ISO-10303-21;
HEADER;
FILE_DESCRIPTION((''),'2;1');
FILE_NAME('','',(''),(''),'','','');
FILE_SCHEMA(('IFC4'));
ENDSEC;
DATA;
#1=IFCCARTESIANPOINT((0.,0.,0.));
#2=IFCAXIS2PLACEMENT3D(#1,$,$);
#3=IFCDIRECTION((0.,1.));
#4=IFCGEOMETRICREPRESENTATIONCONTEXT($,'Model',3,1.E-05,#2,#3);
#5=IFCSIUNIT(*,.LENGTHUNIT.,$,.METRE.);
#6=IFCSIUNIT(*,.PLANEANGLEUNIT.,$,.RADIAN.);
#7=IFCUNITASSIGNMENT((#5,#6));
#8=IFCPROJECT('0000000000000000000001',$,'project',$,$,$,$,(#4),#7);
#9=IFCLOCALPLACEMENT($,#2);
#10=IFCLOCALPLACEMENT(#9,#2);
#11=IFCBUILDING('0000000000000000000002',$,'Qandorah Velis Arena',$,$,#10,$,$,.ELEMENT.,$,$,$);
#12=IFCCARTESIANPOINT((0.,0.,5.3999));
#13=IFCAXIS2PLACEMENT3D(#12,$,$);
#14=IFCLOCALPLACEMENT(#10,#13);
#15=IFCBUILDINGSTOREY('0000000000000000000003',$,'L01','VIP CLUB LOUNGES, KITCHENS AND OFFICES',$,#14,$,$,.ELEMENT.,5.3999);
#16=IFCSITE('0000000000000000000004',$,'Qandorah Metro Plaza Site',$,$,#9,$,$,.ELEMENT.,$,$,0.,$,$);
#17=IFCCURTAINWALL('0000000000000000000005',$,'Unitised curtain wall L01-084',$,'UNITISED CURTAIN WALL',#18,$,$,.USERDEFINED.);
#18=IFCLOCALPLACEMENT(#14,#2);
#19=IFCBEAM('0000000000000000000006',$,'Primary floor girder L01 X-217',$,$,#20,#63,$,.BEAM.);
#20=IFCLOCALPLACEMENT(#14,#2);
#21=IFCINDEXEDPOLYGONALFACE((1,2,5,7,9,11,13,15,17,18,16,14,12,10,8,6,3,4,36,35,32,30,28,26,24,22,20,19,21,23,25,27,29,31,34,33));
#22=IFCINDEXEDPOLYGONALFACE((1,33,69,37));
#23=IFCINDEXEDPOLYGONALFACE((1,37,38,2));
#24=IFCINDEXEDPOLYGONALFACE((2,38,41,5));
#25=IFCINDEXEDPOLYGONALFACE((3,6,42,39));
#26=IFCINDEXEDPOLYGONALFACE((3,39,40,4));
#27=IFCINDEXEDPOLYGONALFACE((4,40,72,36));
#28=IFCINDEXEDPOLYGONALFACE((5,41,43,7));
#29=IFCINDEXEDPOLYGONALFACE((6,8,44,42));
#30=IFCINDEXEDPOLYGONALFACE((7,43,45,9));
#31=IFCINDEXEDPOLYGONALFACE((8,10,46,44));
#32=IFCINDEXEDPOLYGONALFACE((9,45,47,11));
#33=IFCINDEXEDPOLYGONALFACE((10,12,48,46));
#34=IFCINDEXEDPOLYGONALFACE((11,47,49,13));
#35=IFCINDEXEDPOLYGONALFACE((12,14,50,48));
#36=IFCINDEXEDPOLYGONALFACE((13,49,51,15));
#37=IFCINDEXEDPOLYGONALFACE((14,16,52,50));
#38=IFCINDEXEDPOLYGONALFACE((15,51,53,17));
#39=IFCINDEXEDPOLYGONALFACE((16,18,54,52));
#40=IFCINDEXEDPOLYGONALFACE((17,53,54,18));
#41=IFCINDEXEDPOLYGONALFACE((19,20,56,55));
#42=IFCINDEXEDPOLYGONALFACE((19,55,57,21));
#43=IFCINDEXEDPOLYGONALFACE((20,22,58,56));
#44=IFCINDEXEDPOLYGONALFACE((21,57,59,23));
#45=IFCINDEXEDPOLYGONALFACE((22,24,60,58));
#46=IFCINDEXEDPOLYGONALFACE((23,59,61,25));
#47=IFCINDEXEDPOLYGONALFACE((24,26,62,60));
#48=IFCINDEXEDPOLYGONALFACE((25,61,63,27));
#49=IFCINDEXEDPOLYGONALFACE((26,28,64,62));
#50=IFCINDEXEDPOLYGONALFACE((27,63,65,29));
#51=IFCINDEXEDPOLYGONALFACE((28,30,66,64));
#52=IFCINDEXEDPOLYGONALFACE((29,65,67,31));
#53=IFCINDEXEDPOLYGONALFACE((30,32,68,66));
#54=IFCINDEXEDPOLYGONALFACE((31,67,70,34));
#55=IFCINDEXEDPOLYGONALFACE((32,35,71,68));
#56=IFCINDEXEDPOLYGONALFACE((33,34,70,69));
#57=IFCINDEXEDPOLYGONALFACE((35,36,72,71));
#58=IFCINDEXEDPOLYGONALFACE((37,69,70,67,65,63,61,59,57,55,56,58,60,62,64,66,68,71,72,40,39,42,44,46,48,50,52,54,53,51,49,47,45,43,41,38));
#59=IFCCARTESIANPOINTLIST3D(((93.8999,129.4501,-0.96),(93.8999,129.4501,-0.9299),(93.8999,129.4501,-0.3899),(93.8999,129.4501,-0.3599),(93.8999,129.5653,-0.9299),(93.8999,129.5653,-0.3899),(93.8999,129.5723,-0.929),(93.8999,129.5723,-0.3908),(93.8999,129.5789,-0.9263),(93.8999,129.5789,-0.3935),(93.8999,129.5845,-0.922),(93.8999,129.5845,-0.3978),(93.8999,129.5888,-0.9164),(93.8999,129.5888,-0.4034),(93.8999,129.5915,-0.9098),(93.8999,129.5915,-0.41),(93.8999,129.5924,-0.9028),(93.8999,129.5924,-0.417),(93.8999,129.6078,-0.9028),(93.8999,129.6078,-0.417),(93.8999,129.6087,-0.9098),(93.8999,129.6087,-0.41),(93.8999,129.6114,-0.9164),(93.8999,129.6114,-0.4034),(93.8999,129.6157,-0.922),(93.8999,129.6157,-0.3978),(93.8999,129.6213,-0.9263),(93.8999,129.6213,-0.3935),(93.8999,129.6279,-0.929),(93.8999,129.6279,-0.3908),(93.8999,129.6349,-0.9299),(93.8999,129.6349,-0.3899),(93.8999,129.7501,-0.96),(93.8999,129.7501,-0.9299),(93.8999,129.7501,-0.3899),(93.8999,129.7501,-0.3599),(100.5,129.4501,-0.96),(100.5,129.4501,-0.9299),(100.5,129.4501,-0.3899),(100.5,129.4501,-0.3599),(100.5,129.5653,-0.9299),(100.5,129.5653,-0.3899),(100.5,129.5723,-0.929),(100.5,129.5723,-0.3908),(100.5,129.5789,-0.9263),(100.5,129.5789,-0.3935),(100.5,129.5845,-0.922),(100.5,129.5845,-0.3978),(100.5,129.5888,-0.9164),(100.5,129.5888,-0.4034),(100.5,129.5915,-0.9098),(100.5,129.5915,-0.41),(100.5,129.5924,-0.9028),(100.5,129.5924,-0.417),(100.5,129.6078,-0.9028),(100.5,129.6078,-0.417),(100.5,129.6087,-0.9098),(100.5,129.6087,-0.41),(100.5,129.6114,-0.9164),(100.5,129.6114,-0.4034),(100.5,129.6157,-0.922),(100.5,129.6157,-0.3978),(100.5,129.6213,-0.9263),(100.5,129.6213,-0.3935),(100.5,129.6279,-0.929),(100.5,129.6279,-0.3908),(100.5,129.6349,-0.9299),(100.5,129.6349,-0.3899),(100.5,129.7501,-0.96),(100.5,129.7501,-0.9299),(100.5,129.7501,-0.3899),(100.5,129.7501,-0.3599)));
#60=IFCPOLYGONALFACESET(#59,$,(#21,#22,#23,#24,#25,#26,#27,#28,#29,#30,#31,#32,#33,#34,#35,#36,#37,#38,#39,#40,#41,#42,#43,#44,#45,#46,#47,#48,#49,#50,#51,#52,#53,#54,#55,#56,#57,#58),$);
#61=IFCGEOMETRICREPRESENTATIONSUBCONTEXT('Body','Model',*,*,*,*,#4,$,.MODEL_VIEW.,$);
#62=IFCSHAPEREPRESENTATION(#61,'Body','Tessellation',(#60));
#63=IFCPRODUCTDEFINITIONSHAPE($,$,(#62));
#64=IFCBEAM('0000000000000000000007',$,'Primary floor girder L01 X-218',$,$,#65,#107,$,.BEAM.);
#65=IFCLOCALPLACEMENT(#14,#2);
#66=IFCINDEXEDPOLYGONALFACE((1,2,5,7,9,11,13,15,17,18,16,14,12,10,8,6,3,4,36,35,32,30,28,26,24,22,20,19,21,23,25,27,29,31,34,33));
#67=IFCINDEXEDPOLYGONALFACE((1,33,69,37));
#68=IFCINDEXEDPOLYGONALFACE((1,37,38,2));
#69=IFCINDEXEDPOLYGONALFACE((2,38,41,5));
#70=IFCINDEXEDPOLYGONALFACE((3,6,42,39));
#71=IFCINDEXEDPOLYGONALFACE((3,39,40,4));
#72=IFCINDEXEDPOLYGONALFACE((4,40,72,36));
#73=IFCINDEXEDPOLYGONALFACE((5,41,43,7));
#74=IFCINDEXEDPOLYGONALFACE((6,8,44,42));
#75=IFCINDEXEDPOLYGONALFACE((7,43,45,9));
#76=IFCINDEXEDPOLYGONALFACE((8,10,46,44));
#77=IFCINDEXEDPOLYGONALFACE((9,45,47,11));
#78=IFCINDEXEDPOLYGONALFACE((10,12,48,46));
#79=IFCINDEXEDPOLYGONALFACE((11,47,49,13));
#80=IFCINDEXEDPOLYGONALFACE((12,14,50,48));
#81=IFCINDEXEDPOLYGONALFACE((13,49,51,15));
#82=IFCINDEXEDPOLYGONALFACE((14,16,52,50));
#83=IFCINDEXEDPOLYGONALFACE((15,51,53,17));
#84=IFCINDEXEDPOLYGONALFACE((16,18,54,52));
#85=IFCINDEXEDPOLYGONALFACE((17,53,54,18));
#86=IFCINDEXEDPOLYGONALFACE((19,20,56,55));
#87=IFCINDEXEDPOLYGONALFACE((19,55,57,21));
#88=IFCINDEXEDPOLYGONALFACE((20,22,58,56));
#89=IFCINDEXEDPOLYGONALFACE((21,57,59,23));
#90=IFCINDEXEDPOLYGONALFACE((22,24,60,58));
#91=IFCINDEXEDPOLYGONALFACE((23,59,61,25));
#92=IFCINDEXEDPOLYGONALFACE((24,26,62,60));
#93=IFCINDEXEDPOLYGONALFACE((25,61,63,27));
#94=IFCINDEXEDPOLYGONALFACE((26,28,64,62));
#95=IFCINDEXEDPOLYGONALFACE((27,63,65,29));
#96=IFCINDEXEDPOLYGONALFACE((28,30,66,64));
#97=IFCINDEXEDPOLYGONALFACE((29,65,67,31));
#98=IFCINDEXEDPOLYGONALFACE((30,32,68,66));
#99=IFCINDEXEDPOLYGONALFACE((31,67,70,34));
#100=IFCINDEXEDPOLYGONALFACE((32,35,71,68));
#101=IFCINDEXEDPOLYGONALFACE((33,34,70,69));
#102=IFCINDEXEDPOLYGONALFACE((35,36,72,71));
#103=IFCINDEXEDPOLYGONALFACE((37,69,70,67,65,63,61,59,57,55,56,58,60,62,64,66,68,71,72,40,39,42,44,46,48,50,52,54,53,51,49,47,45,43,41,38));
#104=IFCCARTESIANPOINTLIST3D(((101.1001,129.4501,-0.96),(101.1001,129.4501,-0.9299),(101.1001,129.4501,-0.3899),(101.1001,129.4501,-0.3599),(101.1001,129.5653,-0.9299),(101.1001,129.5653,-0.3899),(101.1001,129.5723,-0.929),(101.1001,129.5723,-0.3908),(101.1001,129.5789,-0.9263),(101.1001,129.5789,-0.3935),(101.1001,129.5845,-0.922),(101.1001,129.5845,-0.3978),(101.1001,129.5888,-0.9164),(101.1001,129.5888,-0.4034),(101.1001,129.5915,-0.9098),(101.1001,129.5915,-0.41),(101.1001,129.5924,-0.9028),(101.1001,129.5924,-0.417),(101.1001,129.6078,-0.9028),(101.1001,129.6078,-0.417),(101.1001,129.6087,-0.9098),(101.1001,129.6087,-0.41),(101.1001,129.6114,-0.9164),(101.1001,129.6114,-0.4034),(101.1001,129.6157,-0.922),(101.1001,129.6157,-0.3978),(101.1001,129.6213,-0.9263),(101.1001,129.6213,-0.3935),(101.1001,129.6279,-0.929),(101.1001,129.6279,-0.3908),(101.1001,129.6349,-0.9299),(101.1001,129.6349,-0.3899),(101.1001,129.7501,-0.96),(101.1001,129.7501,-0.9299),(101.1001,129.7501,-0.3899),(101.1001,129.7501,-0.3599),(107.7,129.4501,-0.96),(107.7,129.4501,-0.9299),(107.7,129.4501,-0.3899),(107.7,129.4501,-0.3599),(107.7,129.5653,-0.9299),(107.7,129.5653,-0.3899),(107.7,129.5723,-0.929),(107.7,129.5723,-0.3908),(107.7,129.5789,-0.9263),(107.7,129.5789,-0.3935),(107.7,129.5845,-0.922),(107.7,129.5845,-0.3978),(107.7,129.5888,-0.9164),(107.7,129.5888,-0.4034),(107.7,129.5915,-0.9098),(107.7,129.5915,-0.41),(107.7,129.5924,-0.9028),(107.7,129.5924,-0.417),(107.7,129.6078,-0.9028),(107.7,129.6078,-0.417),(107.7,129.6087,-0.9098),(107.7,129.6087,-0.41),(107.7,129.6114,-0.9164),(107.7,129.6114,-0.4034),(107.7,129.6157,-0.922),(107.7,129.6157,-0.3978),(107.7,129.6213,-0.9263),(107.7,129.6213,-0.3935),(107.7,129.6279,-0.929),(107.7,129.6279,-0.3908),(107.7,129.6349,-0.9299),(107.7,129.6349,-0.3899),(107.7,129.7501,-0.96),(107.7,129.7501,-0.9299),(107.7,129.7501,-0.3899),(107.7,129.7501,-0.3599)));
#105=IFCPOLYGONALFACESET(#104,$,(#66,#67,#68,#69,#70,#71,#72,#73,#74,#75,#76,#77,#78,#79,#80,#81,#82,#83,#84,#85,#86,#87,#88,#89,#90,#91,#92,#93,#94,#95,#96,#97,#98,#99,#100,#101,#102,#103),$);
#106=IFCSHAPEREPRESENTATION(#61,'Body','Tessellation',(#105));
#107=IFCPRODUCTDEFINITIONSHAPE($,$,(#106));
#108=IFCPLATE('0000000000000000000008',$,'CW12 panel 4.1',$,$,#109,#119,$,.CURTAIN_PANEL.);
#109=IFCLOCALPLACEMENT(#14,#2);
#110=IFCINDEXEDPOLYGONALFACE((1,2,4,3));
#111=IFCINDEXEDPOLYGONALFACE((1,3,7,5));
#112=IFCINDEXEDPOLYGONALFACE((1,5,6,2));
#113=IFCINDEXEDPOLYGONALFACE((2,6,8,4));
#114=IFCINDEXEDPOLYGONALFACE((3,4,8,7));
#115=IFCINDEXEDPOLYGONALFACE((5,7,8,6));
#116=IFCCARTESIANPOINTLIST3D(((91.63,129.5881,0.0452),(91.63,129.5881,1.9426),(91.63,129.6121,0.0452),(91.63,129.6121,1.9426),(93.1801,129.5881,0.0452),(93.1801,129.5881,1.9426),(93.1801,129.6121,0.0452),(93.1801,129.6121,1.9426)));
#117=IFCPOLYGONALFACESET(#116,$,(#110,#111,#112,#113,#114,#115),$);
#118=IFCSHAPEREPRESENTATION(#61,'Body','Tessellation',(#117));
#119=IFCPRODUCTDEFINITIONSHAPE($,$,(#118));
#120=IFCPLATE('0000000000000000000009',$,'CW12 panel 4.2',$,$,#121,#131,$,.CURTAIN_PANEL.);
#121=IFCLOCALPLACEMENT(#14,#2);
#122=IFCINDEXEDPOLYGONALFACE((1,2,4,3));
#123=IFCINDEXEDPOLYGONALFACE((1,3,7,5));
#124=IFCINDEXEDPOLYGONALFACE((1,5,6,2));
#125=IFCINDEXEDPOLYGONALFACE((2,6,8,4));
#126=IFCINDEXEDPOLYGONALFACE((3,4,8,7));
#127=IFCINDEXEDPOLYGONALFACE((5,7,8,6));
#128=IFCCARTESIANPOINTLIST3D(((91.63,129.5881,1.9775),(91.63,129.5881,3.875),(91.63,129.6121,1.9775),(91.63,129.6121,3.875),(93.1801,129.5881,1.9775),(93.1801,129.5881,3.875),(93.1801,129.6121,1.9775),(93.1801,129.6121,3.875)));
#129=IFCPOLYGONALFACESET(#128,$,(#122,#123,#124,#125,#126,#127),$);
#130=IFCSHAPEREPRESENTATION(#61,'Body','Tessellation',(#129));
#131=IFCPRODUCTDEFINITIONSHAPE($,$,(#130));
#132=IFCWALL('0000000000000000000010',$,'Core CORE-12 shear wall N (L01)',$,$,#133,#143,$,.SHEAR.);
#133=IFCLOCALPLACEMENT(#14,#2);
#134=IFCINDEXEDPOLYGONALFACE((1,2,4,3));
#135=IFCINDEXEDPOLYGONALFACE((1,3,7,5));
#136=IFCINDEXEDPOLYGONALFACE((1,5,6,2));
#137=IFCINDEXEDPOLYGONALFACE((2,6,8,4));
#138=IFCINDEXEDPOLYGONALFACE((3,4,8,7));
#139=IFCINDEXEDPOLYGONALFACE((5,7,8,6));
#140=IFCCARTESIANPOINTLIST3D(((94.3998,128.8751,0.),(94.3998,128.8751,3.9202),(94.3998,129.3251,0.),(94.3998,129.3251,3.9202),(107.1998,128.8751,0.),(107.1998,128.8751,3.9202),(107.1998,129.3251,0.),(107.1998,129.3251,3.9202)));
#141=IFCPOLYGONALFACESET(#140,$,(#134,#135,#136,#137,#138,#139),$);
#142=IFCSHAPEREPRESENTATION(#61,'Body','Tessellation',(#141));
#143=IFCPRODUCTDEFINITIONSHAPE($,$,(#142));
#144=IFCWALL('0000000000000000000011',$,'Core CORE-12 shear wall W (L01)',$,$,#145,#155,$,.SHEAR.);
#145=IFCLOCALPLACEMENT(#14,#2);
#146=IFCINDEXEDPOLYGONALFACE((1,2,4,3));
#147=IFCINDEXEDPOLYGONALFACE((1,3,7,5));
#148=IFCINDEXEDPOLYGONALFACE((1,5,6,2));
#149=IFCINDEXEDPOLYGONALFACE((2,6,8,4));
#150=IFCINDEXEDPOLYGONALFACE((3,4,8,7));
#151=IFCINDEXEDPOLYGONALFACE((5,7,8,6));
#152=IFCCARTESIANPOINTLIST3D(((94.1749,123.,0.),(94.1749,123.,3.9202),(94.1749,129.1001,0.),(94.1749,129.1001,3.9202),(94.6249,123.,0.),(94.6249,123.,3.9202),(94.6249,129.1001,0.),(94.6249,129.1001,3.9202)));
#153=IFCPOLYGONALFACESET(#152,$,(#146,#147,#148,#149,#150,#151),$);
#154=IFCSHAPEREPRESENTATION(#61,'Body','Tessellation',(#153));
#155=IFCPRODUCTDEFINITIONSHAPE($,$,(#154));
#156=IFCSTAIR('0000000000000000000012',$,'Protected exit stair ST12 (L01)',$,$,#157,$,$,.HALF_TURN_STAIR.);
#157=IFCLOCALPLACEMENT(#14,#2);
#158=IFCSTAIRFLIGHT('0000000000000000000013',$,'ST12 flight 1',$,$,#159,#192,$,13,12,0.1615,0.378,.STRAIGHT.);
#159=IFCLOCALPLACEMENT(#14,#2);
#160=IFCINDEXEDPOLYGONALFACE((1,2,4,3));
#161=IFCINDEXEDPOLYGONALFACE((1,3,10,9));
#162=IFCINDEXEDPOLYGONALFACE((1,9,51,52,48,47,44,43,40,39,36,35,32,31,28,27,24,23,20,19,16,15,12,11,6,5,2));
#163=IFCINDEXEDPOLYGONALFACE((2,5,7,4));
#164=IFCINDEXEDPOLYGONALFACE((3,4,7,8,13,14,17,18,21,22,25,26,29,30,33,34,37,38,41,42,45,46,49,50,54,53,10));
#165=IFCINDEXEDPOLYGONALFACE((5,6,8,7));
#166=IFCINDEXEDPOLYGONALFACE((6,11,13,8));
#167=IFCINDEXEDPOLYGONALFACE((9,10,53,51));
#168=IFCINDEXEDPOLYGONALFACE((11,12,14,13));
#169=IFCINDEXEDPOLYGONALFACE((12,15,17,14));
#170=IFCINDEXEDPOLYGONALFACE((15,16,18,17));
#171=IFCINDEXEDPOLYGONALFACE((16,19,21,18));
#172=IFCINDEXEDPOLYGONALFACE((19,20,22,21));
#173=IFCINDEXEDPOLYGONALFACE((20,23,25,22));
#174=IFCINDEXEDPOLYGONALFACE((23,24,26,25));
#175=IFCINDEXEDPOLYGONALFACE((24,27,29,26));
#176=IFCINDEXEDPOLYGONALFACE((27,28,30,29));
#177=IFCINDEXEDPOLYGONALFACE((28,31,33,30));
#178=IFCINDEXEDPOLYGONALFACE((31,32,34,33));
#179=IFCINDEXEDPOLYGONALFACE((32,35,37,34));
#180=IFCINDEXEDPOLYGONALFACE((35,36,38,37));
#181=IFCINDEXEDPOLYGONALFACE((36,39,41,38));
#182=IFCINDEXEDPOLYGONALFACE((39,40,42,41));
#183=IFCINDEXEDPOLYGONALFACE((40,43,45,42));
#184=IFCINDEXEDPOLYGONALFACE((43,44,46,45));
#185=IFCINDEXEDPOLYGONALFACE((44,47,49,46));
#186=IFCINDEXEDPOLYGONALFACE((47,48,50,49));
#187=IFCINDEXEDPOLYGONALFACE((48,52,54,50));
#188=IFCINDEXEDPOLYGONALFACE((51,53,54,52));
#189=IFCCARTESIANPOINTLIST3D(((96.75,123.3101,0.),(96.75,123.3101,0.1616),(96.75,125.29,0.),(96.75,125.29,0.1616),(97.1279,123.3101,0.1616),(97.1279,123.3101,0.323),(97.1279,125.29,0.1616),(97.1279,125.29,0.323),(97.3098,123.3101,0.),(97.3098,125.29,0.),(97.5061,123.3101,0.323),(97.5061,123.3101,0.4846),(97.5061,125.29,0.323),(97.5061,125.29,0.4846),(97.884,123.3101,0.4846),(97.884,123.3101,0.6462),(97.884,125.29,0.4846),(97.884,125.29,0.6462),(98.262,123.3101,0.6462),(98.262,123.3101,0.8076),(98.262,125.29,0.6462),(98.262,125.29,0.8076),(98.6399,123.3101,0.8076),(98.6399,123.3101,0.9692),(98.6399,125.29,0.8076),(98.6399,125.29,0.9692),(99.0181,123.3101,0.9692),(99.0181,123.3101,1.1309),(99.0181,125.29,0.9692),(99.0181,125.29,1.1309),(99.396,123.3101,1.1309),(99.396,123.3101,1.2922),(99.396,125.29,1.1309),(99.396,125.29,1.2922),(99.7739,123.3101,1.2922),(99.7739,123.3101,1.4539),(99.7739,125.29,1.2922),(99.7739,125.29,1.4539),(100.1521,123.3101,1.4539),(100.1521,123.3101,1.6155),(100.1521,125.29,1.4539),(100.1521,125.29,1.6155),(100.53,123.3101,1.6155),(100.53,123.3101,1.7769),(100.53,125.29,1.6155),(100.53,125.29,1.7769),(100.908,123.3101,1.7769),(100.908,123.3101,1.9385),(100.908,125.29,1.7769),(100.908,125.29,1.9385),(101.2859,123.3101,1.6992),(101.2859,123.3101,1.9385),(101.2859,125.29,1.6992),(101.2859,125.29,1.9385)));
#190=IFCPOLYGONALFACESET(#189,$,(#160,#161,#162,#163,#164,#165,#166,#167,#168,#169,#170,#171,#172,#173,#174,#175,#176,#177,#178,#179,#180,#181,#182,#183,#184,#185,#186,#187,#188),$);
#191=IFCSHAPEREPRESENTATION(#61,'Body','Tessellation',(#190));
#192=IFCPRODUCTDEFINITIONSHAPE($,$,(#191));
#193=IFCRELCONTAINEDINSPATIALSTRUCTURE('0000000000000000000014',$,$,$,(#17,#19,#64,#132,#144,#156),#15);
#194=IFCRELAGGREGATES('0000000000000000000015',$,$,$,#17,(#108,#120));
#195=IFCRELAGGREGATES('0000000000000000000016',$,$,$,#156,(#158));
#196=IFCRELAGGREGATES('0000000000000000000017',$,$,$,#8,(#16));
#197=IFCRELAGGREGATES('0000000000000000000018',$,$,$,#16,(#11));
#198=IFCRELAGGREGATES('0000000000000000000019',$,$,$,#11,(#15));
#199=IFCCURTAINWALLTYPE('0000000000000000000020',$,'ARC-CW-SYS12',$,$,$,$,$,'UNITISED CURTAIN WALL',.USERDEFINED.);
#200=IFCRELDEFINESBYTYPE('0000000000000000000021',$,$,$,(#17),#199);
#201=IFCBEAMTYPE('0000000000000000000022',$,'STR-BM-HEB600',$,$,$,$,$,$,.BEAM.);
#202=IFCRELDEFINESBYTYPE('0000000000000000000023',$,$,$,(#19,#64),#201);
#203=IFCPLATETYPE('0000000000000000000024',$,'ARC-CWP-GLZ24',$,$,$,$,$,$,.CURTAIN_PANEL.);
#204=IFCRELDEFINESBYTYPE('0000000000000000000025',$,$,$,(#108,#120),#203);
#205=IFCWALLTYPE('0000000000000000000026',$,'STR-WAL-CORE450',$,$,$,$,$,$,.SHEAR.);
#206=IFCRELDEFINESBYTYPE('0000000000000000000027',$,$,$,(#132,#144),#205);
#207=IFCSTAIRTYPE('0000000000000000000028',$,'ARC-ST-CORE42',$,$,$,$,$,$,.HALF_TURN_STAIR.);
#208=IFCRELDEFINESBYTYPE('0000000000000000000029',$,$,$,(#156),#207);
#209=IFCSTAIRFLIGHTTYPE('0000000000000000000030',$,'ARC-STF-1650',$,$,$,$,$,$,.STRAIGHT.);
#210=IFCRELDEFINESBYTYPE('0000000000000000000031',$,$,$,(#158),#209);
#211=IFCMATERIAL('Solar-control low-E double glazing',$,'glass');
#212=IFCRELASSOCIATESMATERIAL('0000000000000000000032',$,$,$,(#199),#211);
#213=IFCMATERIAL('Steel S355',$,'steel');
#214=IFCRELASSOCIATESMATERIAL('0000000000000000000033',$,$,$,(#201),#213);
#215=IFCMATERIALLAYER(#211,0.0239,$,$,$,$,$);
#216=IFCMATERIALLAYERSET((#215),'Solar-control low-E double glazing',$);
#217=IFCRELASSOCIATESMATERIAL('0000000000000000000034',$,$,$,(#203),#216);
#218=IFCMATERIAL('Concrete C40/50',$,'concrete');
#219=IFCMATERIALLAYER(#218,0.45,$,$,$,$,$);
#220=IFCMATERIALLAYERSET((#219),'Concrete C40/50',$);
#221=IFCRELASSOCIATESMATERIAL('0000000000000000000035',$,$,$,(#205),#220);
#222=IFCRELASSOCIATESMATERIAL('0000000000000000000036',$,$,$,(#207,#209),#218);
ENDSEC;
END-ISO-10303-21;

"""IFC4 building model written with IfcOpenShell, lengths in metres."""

from ifc_helpers import new_model, si_unit, direction, frame, frame_2d, origin, origin_2d, place, context, subcontext, project, spatial, polyline, rectangle, i_section, outline, extrude, material, layer, layer_set, material_profile, profile_set, type_object, element, aggregate, save


model = new_model("IFC4")

# Units and contexts
model_context = context("Model", 3, precision=1e-05, world=origin(), true_north=direction((0.0, 1.0)))
body_context = subcontext(model_context, "Body", "Model", "MODEL_VIEW")
ifc_project = project(units=[si_unit("LENGTHUNIT", "METRE"), si_unit("PLANEANGLEUNIT", "RADIAN")], contexts=[model_context])

# Site, building, storey
site_placement = place(None, origin())
site = spatial("IfcSite", under=ifc_project, at=site_placement, Name="Qandorah Metro Plaza Site", CompositionType="ELEMENT", RefElevation=0.0)
building_placement = place(site_placement, origin())
building = spatial("IfcBuilding", under=site, at=building_placement, Name="Qandorah Velis Arena", CompositionType="ELEMENT")
storey_placement = place(building_placement, frame((0.0, 0.0, 5.3999)))
storey = spatial("IfcBuildingStorey", under=building, at=storey_placement, Name="L01", Description="VIP CLUB LOUNGES, KITCHENS AND OFFICES", CompositionType="ELEMENT", Elevation=5.3999)

# Shared definitions
ifc_material_1 = material(Name="Concrete C40/50", Category="concrete")

# Curtain wall
ifc_material_2 = material(Name="Solar-control low-E double glazing", Category="glass")
curtain_wall_type = type_object("IfcCurtainWallType", Name="ARC-CW-SYS12", ElementType="UNITISED CURTAIN WALL", PredefinedType="USERDEFINED", material=ifc_material_2)
curtain_wall_placement = place(storey_placement, origin())
curtain_wall = element("IfcCurtainWall", 1, at=curtain_wall_placement, inside=storey, type_object=curtain_wall_type, Name="Unitised curtain wall L01-084", ObjectType="UNITISED CURTAIN WALL", PredefinedType="USERDEFINED")

# Beams
ifc_material_3 = material(Name="Steel S355", Category="steel")
ifc_material_profile_1 = material_profile(ifc_material_3, i_section(OverallWidth=0.3, OverallDepth=0.6001, WebThickness=0.0154, FlangeThickness=0.03, FilletRadius=0.0271, at=origin_2d()), Name="HEB 600")
ifc_profile_set_1 = profile_set([ifc_material_profile_1], Name="Steel S355")
beam_type_1 = type_object("IfcBeamType", Name="STR-BM-HEB600", PredefinedType="BEAM", material=ifc_profile_set_1)
beam_1_placement = place(storey_placement, frame((93.8999, 129.6001, -0.6599), z_axis=(1.0, 0.0, 0.0), x_axis=(0.0, 1.0, 0.0)))
element("IfcBeam", 2, at=beam_1_placement, inside=storey, type_object=beam_type_1, Name="Primary floor girder L01 X-217", PredefinedType="BEAM", context=body_context, shape_type="SweptSolid", body=[
    extrude(i_section(OverallWidth=0.3, OverallDepth=0.6001, WebThickness=0.0154, FlangeThickness=0.03, FilletRadius=0.0271, at=origin_2d()), origin(), (0.0, 0.0, 1.0), 6.6001),
])
beam_2_placement = place(storey_placement, frame((101.1001, 129.6001, -0.6599), z_axis=(1.0, 0.0, 0.0), x_axis=(0.0, 1.0, 0.0)))
element("IfcBeam", 3, at=beam_2_placement, inside=storey, type_object=beam_type_1, Name="Primary floor girder L01 X-218", PredefinedType="BEAM", context=body_context, shape_type="SweptSolid", body=[
    extrude(i_section(OverallWidth=0.3, OverallDepth=0.6001, WebThickness=0.0154, FlangeThickness=0.03, FilletRadius=0.0271, at=origin_2d()), origin(), (0.0, 0.0, 1.0), 6.5999),
])

# Plates
ifc_layer_1 = layer(ifc_material_2, 0.0239)
ifc_layer_set_1 = layer_set([ifc_layer_1], Name="Solar-control low-E double glazing")
plate_type = type_object("IfcPlateType", Name="ARC-CWP-GLZ24", PredefinedType="CURTAIN_PANEL", material=ifc_layer_set_1)
plate_1_placement = place(storey_placement, frame((92.405, 129.6001, 0.0452), z_axis=(0.0, 0.0, 1.0), x_axis=(1.0, 0.0, 0.0)))
plate_1 = element("IfcPlate", 4, at=plate_1_placement, type_object=plate_type, Name="CW12 panel 4.1", PredefinedType="CURTAIN_PANEL", context=body_context, shape_type="SweptSolid", body=[
    extrude(rectangle(XDim=1.55, YDim=0.0239, at=origin_2d()), origin(), (0.0, 0.0, 1.0), 1.8975),
])
plate_2_placement = place(storey_placement, frame((92.405, 129.6001, 1.9775), z_axis=(0.0, 0.0, 1.0), x_axis=(1.0, 0.0, 0.0)))
plate_2 = element("IfcPlate", 5, at=plate_2_placement, type_object=plate_type, Name="CW12 panel 4.2", PredefinedType="CURTAIN_PANEL", context=body_context, shape_type="SweptSolid", body=[
    extrude(rectangle(XDim=1.55, YDim=0.0239, at=origin_2d()), origin(), (0.0, 0.0, 1.0), 1.8975),
])
aggregate(curtain_wall, [plate_1, plate_2])

# Shared definitions
ifc_layer_2 = layer(ifc_material_1, 0.45)
ifc_layer_set_2 = layer_set([ifc_layer_2], Name="Concrete C40/50")
wall_type = type_object("IfcWallType", Name="STR-WAL-CORE450", PredefinedType="SHEAR", material=ifc_layer_set_2)

# Walls
wall_1_placement = place(storey_placement, frame((94.3999, 129.1001, 0.0), z_axis=(0.0, 0.0, 1.0), x_axis=(1.0, 0.0, 0.0)))
element("IfcWall", 6, at=wall_1_placement, inside=storey, type_object=wall_type, Name="Core CORE-12 shear wall N (L01)", PredefinedType="SHEAR", context=body_context, shape_type="SweptSolid", body=[
    extrude(rectangle(XDim=12.8, YDim=0.45, at=frame_2d((6.3999, 0.0))), origin(), (0.0, 0.0, 1.0), 3.9202),
])
wall_2_placement = place(storey_placement, frame((94.3999, 123.0, 0.0), z_axis=(0.0, 0.0, 1.0), x_axis=(0.0, 1.0, 0.0)))
element("IfcWall", 7, at=wall_2_placement, inside=storey, type_object=wall_type, Name="Core CORE-12 shear wall W (L01)", PredefinedType="SHEAR", context=body_context, shape_type="SweptSolid", body=[
    extrude(rectangle(XDim=6.1001, YDim=0.45, at=frame_2d((3.05, 0.0))), origin(), (0.0, 0.0, 1.0), 3.9202),
])

# Stair, stair flight
stair_type = type_object("IfcStairType", Name="ARC-ST-CORE42", PredefinedType="HALF_TURN_STAIR", material=ifc_material_1)
stair_placement = place(storey_placement, origin())
stair = element("IfcStair", 8, at=stair_placement, inside=storey, type_object=stair_type, Name="Protected exit stair ST12 (L01)", PredefinedType="HALF_TURN_STAIR")
stair_flight_type = type_object("IfcStairFlightType", Name="ARC-STF-1650", PredefinedType="STRAIGHT", material=ifc_material_1)
stair_flight_1_placement = place(storey_placement, frame((96.75, 124.3, 0.0), z_axis=(0.0, 0.0, 1.0), x_axis=(1.0, 0.0, 0.0)))
stair_flight_1 = element("IfcStairFlight", 9, at=stair_flight_1_placement, type_object=stair_flight_type, Name="ST12 flight 1", NumberOfRisers=13, NumberOfTreads=12, PredefinedType="STRAIGHT", RiserHeight=0.1615, TreadLength=0.378, context=body_context, shape_type="SweptSolid", body=[
    extrude(outline(polyline([(0.0, 0.0), (0.0, 0.1616), (0.3779, 0.1616), (0.3779, 0.323), (0.7561, 0.323), (0.7561, 0.4846), (1.134, 0.4846), (1.134, 0.6462), (1.512, 0.6462), (1.512, 0.8076), (1.8899, 0.8076), (1.8899, 0.9692), (2.2681, 0.9692), (2.2681, 1.1309), (2.646, 1.1309), (2.646, 1.2922), (3.0239, 1.2922), (3.0239, 1.4539), (3.4021, 1.4539), (3.4021, 1.6155), (3.78, 1.6155), (3.78, 1.7769), (4.158, 1.7769), (4.158, 1.9385), (4.5359, 1.9385), (4.5359, 2.1001), (4.5359, 1.6992), (0.5598, 0.0), (0.0, 0.0)])), frame((0.0, 0.99, 0.0), z_axis=(0.0, -1.0, 0.0), x_axis=(1.0, 0.0, 0.0)), (0.0, 0.0, 1.0), 1.98),
])
aggregate(stair, [stair_flight_1])

save(model, "model.ifc")
